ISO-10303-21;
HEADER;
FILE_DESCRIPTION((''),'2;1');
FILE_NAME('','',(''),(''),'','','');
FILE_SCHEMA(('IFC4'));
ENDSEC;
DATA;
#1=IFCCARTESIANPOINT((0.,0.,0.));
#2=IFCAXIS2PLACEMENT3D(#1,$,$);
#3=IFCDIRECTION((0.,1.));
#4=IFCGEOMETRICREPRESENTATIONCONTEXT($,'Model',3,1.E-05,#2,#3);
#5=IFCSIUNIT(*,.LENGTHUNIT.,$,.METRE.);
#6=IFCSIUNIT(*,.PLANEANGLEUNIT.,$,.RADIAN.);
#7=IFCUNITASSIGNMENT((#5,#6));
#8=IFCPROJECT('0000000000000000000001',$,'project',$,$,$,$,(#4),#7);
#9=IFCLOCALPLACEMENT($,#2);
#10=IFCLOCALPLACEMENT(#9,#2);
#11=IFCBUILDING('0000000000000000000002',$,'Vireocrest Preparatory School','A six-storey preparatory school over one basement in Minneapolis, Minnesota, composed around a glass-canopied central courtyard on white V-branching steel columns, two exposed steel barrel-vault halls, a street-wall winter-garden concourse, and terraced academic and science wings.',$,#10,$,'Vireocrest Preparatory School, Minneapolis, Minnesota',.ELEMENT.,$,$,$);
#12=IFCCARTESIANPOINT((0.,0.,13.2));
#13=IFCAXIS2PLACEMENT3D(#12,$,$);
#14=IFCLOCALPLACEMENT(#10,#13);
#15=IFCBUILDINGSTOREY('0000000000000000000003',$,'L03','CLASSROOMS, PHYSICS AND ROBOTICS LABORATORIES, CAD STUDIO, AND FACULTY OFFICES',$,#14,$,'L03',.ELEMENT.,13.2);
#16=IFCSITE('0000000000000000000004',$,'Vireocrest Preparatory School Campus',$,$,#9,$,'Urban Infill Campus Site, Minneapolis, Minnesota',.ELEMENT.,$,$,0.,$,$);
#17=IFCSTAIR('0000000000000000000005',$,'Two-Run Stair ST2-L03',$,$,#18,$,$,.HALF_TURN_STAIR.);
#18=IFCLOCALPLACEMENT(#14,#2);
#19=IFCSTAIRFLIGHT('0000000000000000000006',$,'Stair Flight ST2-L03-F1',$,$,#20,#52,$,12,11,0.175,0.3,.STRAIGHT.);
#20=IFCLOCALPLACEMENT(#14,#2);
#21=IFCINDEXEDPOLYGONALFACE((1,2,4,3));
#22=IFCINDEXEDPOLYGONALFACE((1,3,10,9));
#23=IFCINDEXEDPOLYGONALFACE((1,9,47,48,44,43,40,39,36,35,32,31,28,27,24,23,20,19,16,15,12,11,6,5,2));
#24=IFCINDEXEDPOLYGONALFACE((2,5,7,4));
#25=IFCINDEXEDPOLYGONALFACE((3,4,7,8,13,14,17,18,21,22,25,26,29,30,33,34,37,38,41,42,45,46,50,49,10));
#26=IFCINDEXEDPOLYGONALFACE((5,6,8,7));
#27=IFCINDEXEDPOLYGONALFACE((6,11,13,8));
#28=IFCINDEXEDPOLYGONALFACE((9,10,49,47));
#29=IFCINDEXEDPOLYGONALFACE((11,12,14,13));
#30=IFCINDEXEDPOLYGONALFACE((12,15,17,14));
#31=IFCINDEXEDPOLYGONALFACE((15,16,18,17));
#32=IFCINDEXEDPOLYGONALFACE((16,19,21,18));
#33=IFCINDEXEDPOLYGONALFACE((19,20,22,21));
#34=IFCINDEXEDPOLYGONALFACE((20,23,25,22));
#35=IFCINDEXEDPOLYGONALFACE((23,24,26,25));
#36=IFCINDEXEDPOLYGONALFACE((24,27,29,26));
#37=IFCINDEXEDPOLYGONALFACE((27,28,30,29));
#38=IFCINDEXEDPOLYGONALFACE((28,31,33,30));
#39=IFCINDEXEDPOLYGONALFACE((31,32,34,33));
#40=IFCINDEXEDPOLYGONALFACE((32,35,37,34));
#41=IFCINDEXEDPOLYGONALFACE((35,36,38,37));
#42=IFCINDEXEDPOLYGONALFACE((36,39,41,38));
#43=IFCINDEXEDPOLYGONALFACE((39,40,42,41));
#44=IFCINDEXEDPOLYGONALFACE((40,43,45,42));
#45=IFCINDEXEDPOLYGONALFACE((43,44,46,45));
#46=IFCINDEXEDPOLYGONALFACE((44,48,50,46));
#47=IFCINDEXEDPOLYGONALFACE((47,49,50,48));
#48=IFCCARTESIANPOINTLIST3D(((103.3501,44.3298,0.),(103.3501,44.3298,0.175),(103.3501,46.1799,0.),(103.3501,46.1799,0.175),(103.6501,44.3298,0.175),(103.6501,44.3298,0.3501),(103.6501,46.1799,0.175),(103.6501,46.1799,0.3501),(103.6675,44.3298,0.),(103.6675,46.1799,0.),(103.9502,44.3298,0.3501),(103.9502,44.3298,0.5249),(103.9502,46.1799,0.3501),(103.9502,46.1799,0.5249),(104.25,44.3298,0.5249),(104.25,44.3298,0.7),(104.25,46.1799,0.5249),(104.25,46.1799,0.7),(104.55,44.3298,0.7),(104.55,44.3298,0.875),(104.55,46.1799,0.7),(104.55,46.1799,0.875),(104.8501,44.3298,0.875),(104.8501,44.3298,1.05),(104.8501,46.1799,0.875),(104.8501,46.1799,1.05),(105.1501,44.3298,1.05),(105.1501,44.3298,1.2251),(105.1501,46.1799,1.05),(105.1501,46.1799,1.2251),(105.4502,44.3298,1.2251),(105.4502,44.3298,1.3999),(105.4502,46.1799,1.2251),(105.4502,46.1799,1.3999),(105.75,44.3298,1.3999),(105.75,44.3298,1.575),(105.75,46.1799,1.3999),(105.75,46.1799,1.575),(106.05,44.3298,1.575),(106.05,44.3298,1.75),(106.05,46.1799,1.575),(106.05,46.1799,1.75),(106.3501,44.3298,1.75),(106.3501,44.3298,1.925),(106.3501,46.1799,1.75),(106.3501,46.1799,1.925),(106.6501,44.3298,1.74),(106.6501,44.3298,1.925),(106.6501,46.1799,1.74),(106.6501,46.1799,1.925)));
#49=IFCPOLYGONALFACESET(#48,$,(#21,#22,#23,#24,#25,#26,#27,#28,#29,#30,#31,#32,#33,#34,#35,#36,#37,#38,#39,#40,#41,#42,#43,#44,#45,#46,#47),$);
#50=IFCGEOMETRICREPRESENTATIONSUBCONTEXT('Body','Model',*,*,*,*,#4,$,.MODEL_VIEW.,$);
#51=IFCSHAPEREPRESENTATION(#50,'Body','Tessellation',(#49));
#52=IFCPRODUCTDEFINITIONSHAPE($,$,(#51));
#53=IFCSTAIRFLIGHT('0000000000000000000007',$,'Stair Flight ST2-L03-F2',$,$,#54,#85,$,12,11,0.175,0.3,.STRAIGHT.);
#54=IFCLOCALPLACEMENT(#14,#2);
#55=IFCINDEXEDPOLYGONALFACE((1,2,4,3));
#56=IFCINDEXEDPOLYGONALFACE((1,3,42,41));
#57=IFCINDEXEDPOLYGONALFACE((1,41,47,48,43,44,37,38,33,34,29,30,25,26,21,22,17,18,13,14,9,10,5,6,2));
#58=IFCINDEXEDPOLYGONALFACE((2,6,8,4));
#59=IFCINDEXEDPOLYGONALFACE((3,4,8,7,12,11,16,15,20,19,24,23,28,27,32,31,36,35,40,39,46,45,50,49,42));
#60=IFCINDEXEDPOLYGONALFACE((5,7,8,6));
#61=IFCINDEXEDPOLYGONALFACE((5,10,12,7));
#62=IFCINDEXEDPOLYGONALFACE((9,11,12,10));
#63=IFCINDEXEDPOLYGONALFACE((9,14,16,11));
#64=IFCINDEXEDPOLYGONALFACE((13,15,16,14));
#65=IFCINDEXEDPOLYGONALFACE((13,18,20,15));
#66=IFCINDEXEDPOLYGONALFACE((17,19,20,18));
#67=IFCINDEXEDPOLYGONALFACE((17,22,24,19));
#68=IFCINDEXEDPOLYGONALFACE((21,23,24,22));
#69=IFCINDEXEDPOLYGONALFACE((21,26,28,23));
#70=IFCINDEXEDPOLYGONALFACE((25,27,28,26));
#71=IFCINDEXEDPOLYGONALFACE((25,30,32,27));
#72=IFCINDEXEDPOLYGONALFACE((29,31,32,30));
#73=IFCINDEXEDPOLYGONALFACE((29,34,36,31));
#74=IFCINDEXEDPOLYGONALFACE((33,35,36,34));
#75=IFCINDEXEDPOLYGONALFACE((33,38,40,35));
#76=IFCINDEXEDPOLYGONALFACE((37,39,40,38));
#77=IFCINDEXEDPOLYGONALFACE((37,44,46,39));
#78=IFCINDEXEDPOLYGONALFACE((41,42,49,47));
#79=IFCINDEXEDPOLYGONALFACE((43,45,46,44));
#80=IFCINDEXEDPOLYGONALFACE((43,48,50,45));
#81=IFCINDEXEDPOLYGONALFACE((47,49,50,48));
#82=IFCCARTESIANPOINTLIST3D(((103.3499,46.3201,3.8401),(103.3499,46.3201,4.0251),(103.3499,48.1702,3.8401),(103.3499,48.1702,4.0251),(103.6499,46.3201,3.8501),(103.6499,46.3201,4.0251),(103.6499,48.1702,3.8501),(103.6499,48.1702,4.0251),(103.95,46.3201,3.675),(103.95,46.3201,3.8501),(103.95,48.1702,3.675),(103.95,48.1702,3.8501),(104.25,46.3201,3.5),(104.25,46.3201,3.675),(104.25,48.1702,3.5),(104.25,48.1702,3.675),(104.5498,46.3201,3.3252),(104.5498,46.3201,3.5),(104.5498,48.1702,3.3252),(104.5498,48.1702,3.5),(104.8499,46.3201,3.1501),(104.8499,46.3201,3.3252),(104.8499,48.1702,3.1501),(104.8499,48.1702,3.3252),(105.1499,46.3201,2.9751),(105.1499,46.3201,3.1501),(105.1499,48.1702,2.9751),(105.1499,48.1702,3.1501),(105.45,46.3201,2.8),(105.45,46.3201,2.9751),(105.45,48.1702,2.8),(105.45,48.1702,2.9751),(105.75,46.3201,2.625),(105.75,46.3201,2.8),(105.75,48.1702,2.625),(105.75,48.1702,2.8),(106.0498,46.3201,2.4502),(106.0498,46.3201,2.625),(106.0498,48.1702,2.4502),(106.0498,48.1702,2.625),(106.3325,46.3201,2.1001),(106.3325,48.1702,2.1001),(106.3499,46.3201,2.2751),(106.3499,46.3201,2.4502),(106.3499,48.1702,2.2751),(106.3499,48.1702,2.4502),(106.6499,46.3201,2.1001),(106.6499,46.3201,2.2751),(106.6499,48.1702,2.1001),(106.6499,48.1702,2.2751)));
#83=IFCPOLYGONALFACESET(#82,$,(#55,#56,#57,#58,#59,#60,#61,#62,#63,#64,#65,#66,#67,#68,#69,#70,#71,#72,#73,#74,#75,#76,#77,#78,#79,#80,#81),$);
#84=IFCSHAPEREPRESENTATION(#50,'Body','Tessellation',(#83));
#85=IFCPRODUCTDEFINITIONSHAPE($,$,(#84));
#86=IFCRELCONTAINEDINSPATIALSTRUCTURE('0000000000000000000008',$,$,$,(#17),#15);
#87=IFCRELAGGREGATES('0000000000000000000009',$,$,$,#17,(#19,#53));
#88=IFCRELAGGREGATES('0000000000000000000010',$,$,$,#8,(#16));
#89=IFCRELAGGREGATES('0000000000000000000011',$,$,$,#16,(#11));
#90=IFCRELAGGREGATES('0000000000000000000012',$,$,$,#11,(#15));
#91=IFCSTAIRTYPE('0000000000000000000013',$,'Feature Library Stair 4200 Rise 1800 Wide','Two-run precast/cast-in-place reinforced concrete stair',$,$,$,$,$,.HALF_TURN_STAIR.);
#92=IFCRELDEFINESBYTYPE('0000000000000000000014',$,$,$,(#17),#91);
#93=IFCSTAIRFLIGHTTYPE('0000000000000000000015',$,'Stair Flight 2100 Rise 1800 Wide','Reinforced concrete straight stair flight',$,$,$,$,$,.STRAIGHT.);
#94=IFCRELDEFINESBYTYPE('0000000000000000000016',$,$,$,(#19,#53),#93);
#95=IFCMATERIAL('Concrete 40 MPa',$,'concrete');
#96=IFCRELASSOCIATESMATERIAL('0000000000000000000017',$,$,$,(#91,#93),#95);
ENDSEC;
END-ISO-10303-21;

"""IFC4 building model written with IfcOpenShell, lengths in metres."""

from ifc_helpers import new_model, si_unit, direction, frame, origin, place, context, subcontext, project, spatial, polyline, outline, extrude, material, type_object, element, aggregate, save


model = new_model("IFC4")

# Units and contexts
model_context = context("Model", 3, precision=1e-05, world=origin(), true_north=direction((0.0, 1.0)))
body_context = subcontext(model_context, "Body", "Model", "MODEL_VIEW")
ifc_project = project(units=[si_unit("LENGTHUNIT", "METRE"), si_unit("PLANEANGLEUNIT", "RADIAN")], contexts=[model_context])

# Site, building, storey
site_placement = place(None, origin())
site = spatial("IfcSite", under=ifc_project, at=site_placement, Name="Vireocrest Preparatory School Campus", LongName="Urban Infill Campus Site, Minneapolis, Minnesota", CompositionType="ELEMENT", RefElevation=0.0)
building_placement = place(site_placement, origin())
building = spatial("IfcBuilding", under=site, at=building_placement, Name="Vireocrest Preparatory School", Description="A six-storey preparatory school over one basement in Minneapolis, Minnesota, composed around a glass-canopied central courtyard on white V-branching steel columns, two exposed steel barrel-vault halls, a street-wall winter-garden concourse, and terraced academic and science wings.", LongName="Vireocrest Preparatory School, Minneapolis, Minnesota", CompositionType="ELEMENT")
storey_placement = place(building_placement, frame((0.0, 0.0, 13.2)))
storey = spatial("IfcBuildingStorey", under=building, at=storey_placement, Name="L03", Description="CLASSROOMS, PHYSICS AND ROBOTICS LABORATORIES, CAD STUDIO, AND FACULTY OFFICES", LongName="L03", CompositionType="ELEMENT", Elevation=13.2)

# Shared definitions
ifc_material_1 = material(Name="Concrete 40 MPa", Category="concrete")

# Stair, stair flights
stair_type = type_object("IfcStairType", Name="Feature Library Stair 4200 Rise 1800 Wide", Description="Two-run precast/cast-in-place reinforced concrete stair", PredefinedType="HALF_TURN_STAIR", material=ifc_material_1)
stair_placement = place(storey_placement, origin())
stair = element("IfcStair", 1, at=stair_placement, inside=storey, type_object=stair_type, Name="Two-Run Stair ST2-L03", PredefinedType="HALF_TURN_STAIR")
stair_flight_type = type_object("IfcStairFlightType", Name="Stair Flight 2100 Rise 1800 Wide", Description="Reinforced concrete straight stair flight", PredefinedType="STRAIGHT", material=ifc_material_1)
stair_flight_1_placement = place(storey_placement, frame((103.3501, 45.2549, 0.0), z_axis=(0.0, 0.0, 1.0), x_axis=(1.0, 0.0, 0.0)))
stair_flight_1 = element("IfcStairFlight", 2, at=stair_flight_1_placement, type_object=stair_flight_type, Name="Stair Flight ST2-L03-F1", NumberOfRisers=12, NumberOfTreads=11, PredefinedType="STRAIGHT", RiserHeight=0.175, TreadLength=0.3, context=body_context, shape_type="SweptSolid", body=[
    extrude(outline(polyline([(0.0, 0.0), (0.0, 0.175), (0.3, 0.175), (0.3, 0.3501), (0.6001, 0.3501), (0.6001, 0.5249), (0.8999, 0.5249), (0.8999, 0.7), (1.2, 0.7), (1.2, 0.875), (1.5, 0.875), (1.5, 1.05), (1.8, 1.05), (1.8, 1.2251), (2.1001, 1.2251), (2.1001, 1.3999), (2.3999, 1.3999), (2.3999, 1.575), (2.7, 1.575), (2.7, 1.75), (3.0, 1.75), (3.0, 1.925), (3.3, 1.925), (3.3, 2.1001), (3.3, 1.74), (0.3174, 0.0), (0.0, 0.0)])), frame((0.0, 0.925, 0.0), z_axis=(0.0, -1.0, 0.0), x_axis=(1.0, 0.0, 0.0)), (0.0, 0.0, 1.0), 1.8501),
])
stair_flight_2_placement = place(storey_placement, frame((106.6499, 47.2451, 2.1001), z_axis=(0.0, 0.0, 1.0), x_axis=(-1.0, 0.0, 0.0)))
stair_flight_2 = element("IfcStairFlight", 3, at=stair_flight_2_placement, type_object=stair_flight_type, Name="Stair Flight ST2-L03-F2", NumberOfRisers=12, NumberOfTreads=11, PredefinedType="STRAIGHT", RiserHeight=0.175, TreadLength=0.3, context=body_context, shape_type="SweptSolid", body=[
    extrude(outline(polyline([(0.0, 0.0), (0.0, 0.175), (0.3, 0.175), (0.3, 0.3501), (0.6001, 0.3501), (0.6001, 0.5249), (0.8999, 0.5249), (0.8999, 0.7), (1.2, 0.7), (1.2, 0.875), (1.5, 0.875), (1.5, 1.05), (1.8, 1.05), (1.8, 1.2251), (2.1001, 1.2251), (2.1001, 1.3999), (2.3999, 1.3999), (2.3999, 1.575), (2.7, 1.575), (2.7, 1.75), (3.0, 1.75), (3.0, 1.925), (3.3, 1.925), (3.3, 2.1001), (3.3, 1.74), (0.3174, 0.0), (0.0, 0.0)])), frame((0.0, 0.925, 0.0), z_axis=(0.0, -1.0, 0.0), x_axis=(1.0, 0.0, 0.0)), (0.0, 0.0, 1.0), 1.8501),
])
aggregate(stair, [stair_flight_1, stair_flight_2])

save(model, "model.ifc")
